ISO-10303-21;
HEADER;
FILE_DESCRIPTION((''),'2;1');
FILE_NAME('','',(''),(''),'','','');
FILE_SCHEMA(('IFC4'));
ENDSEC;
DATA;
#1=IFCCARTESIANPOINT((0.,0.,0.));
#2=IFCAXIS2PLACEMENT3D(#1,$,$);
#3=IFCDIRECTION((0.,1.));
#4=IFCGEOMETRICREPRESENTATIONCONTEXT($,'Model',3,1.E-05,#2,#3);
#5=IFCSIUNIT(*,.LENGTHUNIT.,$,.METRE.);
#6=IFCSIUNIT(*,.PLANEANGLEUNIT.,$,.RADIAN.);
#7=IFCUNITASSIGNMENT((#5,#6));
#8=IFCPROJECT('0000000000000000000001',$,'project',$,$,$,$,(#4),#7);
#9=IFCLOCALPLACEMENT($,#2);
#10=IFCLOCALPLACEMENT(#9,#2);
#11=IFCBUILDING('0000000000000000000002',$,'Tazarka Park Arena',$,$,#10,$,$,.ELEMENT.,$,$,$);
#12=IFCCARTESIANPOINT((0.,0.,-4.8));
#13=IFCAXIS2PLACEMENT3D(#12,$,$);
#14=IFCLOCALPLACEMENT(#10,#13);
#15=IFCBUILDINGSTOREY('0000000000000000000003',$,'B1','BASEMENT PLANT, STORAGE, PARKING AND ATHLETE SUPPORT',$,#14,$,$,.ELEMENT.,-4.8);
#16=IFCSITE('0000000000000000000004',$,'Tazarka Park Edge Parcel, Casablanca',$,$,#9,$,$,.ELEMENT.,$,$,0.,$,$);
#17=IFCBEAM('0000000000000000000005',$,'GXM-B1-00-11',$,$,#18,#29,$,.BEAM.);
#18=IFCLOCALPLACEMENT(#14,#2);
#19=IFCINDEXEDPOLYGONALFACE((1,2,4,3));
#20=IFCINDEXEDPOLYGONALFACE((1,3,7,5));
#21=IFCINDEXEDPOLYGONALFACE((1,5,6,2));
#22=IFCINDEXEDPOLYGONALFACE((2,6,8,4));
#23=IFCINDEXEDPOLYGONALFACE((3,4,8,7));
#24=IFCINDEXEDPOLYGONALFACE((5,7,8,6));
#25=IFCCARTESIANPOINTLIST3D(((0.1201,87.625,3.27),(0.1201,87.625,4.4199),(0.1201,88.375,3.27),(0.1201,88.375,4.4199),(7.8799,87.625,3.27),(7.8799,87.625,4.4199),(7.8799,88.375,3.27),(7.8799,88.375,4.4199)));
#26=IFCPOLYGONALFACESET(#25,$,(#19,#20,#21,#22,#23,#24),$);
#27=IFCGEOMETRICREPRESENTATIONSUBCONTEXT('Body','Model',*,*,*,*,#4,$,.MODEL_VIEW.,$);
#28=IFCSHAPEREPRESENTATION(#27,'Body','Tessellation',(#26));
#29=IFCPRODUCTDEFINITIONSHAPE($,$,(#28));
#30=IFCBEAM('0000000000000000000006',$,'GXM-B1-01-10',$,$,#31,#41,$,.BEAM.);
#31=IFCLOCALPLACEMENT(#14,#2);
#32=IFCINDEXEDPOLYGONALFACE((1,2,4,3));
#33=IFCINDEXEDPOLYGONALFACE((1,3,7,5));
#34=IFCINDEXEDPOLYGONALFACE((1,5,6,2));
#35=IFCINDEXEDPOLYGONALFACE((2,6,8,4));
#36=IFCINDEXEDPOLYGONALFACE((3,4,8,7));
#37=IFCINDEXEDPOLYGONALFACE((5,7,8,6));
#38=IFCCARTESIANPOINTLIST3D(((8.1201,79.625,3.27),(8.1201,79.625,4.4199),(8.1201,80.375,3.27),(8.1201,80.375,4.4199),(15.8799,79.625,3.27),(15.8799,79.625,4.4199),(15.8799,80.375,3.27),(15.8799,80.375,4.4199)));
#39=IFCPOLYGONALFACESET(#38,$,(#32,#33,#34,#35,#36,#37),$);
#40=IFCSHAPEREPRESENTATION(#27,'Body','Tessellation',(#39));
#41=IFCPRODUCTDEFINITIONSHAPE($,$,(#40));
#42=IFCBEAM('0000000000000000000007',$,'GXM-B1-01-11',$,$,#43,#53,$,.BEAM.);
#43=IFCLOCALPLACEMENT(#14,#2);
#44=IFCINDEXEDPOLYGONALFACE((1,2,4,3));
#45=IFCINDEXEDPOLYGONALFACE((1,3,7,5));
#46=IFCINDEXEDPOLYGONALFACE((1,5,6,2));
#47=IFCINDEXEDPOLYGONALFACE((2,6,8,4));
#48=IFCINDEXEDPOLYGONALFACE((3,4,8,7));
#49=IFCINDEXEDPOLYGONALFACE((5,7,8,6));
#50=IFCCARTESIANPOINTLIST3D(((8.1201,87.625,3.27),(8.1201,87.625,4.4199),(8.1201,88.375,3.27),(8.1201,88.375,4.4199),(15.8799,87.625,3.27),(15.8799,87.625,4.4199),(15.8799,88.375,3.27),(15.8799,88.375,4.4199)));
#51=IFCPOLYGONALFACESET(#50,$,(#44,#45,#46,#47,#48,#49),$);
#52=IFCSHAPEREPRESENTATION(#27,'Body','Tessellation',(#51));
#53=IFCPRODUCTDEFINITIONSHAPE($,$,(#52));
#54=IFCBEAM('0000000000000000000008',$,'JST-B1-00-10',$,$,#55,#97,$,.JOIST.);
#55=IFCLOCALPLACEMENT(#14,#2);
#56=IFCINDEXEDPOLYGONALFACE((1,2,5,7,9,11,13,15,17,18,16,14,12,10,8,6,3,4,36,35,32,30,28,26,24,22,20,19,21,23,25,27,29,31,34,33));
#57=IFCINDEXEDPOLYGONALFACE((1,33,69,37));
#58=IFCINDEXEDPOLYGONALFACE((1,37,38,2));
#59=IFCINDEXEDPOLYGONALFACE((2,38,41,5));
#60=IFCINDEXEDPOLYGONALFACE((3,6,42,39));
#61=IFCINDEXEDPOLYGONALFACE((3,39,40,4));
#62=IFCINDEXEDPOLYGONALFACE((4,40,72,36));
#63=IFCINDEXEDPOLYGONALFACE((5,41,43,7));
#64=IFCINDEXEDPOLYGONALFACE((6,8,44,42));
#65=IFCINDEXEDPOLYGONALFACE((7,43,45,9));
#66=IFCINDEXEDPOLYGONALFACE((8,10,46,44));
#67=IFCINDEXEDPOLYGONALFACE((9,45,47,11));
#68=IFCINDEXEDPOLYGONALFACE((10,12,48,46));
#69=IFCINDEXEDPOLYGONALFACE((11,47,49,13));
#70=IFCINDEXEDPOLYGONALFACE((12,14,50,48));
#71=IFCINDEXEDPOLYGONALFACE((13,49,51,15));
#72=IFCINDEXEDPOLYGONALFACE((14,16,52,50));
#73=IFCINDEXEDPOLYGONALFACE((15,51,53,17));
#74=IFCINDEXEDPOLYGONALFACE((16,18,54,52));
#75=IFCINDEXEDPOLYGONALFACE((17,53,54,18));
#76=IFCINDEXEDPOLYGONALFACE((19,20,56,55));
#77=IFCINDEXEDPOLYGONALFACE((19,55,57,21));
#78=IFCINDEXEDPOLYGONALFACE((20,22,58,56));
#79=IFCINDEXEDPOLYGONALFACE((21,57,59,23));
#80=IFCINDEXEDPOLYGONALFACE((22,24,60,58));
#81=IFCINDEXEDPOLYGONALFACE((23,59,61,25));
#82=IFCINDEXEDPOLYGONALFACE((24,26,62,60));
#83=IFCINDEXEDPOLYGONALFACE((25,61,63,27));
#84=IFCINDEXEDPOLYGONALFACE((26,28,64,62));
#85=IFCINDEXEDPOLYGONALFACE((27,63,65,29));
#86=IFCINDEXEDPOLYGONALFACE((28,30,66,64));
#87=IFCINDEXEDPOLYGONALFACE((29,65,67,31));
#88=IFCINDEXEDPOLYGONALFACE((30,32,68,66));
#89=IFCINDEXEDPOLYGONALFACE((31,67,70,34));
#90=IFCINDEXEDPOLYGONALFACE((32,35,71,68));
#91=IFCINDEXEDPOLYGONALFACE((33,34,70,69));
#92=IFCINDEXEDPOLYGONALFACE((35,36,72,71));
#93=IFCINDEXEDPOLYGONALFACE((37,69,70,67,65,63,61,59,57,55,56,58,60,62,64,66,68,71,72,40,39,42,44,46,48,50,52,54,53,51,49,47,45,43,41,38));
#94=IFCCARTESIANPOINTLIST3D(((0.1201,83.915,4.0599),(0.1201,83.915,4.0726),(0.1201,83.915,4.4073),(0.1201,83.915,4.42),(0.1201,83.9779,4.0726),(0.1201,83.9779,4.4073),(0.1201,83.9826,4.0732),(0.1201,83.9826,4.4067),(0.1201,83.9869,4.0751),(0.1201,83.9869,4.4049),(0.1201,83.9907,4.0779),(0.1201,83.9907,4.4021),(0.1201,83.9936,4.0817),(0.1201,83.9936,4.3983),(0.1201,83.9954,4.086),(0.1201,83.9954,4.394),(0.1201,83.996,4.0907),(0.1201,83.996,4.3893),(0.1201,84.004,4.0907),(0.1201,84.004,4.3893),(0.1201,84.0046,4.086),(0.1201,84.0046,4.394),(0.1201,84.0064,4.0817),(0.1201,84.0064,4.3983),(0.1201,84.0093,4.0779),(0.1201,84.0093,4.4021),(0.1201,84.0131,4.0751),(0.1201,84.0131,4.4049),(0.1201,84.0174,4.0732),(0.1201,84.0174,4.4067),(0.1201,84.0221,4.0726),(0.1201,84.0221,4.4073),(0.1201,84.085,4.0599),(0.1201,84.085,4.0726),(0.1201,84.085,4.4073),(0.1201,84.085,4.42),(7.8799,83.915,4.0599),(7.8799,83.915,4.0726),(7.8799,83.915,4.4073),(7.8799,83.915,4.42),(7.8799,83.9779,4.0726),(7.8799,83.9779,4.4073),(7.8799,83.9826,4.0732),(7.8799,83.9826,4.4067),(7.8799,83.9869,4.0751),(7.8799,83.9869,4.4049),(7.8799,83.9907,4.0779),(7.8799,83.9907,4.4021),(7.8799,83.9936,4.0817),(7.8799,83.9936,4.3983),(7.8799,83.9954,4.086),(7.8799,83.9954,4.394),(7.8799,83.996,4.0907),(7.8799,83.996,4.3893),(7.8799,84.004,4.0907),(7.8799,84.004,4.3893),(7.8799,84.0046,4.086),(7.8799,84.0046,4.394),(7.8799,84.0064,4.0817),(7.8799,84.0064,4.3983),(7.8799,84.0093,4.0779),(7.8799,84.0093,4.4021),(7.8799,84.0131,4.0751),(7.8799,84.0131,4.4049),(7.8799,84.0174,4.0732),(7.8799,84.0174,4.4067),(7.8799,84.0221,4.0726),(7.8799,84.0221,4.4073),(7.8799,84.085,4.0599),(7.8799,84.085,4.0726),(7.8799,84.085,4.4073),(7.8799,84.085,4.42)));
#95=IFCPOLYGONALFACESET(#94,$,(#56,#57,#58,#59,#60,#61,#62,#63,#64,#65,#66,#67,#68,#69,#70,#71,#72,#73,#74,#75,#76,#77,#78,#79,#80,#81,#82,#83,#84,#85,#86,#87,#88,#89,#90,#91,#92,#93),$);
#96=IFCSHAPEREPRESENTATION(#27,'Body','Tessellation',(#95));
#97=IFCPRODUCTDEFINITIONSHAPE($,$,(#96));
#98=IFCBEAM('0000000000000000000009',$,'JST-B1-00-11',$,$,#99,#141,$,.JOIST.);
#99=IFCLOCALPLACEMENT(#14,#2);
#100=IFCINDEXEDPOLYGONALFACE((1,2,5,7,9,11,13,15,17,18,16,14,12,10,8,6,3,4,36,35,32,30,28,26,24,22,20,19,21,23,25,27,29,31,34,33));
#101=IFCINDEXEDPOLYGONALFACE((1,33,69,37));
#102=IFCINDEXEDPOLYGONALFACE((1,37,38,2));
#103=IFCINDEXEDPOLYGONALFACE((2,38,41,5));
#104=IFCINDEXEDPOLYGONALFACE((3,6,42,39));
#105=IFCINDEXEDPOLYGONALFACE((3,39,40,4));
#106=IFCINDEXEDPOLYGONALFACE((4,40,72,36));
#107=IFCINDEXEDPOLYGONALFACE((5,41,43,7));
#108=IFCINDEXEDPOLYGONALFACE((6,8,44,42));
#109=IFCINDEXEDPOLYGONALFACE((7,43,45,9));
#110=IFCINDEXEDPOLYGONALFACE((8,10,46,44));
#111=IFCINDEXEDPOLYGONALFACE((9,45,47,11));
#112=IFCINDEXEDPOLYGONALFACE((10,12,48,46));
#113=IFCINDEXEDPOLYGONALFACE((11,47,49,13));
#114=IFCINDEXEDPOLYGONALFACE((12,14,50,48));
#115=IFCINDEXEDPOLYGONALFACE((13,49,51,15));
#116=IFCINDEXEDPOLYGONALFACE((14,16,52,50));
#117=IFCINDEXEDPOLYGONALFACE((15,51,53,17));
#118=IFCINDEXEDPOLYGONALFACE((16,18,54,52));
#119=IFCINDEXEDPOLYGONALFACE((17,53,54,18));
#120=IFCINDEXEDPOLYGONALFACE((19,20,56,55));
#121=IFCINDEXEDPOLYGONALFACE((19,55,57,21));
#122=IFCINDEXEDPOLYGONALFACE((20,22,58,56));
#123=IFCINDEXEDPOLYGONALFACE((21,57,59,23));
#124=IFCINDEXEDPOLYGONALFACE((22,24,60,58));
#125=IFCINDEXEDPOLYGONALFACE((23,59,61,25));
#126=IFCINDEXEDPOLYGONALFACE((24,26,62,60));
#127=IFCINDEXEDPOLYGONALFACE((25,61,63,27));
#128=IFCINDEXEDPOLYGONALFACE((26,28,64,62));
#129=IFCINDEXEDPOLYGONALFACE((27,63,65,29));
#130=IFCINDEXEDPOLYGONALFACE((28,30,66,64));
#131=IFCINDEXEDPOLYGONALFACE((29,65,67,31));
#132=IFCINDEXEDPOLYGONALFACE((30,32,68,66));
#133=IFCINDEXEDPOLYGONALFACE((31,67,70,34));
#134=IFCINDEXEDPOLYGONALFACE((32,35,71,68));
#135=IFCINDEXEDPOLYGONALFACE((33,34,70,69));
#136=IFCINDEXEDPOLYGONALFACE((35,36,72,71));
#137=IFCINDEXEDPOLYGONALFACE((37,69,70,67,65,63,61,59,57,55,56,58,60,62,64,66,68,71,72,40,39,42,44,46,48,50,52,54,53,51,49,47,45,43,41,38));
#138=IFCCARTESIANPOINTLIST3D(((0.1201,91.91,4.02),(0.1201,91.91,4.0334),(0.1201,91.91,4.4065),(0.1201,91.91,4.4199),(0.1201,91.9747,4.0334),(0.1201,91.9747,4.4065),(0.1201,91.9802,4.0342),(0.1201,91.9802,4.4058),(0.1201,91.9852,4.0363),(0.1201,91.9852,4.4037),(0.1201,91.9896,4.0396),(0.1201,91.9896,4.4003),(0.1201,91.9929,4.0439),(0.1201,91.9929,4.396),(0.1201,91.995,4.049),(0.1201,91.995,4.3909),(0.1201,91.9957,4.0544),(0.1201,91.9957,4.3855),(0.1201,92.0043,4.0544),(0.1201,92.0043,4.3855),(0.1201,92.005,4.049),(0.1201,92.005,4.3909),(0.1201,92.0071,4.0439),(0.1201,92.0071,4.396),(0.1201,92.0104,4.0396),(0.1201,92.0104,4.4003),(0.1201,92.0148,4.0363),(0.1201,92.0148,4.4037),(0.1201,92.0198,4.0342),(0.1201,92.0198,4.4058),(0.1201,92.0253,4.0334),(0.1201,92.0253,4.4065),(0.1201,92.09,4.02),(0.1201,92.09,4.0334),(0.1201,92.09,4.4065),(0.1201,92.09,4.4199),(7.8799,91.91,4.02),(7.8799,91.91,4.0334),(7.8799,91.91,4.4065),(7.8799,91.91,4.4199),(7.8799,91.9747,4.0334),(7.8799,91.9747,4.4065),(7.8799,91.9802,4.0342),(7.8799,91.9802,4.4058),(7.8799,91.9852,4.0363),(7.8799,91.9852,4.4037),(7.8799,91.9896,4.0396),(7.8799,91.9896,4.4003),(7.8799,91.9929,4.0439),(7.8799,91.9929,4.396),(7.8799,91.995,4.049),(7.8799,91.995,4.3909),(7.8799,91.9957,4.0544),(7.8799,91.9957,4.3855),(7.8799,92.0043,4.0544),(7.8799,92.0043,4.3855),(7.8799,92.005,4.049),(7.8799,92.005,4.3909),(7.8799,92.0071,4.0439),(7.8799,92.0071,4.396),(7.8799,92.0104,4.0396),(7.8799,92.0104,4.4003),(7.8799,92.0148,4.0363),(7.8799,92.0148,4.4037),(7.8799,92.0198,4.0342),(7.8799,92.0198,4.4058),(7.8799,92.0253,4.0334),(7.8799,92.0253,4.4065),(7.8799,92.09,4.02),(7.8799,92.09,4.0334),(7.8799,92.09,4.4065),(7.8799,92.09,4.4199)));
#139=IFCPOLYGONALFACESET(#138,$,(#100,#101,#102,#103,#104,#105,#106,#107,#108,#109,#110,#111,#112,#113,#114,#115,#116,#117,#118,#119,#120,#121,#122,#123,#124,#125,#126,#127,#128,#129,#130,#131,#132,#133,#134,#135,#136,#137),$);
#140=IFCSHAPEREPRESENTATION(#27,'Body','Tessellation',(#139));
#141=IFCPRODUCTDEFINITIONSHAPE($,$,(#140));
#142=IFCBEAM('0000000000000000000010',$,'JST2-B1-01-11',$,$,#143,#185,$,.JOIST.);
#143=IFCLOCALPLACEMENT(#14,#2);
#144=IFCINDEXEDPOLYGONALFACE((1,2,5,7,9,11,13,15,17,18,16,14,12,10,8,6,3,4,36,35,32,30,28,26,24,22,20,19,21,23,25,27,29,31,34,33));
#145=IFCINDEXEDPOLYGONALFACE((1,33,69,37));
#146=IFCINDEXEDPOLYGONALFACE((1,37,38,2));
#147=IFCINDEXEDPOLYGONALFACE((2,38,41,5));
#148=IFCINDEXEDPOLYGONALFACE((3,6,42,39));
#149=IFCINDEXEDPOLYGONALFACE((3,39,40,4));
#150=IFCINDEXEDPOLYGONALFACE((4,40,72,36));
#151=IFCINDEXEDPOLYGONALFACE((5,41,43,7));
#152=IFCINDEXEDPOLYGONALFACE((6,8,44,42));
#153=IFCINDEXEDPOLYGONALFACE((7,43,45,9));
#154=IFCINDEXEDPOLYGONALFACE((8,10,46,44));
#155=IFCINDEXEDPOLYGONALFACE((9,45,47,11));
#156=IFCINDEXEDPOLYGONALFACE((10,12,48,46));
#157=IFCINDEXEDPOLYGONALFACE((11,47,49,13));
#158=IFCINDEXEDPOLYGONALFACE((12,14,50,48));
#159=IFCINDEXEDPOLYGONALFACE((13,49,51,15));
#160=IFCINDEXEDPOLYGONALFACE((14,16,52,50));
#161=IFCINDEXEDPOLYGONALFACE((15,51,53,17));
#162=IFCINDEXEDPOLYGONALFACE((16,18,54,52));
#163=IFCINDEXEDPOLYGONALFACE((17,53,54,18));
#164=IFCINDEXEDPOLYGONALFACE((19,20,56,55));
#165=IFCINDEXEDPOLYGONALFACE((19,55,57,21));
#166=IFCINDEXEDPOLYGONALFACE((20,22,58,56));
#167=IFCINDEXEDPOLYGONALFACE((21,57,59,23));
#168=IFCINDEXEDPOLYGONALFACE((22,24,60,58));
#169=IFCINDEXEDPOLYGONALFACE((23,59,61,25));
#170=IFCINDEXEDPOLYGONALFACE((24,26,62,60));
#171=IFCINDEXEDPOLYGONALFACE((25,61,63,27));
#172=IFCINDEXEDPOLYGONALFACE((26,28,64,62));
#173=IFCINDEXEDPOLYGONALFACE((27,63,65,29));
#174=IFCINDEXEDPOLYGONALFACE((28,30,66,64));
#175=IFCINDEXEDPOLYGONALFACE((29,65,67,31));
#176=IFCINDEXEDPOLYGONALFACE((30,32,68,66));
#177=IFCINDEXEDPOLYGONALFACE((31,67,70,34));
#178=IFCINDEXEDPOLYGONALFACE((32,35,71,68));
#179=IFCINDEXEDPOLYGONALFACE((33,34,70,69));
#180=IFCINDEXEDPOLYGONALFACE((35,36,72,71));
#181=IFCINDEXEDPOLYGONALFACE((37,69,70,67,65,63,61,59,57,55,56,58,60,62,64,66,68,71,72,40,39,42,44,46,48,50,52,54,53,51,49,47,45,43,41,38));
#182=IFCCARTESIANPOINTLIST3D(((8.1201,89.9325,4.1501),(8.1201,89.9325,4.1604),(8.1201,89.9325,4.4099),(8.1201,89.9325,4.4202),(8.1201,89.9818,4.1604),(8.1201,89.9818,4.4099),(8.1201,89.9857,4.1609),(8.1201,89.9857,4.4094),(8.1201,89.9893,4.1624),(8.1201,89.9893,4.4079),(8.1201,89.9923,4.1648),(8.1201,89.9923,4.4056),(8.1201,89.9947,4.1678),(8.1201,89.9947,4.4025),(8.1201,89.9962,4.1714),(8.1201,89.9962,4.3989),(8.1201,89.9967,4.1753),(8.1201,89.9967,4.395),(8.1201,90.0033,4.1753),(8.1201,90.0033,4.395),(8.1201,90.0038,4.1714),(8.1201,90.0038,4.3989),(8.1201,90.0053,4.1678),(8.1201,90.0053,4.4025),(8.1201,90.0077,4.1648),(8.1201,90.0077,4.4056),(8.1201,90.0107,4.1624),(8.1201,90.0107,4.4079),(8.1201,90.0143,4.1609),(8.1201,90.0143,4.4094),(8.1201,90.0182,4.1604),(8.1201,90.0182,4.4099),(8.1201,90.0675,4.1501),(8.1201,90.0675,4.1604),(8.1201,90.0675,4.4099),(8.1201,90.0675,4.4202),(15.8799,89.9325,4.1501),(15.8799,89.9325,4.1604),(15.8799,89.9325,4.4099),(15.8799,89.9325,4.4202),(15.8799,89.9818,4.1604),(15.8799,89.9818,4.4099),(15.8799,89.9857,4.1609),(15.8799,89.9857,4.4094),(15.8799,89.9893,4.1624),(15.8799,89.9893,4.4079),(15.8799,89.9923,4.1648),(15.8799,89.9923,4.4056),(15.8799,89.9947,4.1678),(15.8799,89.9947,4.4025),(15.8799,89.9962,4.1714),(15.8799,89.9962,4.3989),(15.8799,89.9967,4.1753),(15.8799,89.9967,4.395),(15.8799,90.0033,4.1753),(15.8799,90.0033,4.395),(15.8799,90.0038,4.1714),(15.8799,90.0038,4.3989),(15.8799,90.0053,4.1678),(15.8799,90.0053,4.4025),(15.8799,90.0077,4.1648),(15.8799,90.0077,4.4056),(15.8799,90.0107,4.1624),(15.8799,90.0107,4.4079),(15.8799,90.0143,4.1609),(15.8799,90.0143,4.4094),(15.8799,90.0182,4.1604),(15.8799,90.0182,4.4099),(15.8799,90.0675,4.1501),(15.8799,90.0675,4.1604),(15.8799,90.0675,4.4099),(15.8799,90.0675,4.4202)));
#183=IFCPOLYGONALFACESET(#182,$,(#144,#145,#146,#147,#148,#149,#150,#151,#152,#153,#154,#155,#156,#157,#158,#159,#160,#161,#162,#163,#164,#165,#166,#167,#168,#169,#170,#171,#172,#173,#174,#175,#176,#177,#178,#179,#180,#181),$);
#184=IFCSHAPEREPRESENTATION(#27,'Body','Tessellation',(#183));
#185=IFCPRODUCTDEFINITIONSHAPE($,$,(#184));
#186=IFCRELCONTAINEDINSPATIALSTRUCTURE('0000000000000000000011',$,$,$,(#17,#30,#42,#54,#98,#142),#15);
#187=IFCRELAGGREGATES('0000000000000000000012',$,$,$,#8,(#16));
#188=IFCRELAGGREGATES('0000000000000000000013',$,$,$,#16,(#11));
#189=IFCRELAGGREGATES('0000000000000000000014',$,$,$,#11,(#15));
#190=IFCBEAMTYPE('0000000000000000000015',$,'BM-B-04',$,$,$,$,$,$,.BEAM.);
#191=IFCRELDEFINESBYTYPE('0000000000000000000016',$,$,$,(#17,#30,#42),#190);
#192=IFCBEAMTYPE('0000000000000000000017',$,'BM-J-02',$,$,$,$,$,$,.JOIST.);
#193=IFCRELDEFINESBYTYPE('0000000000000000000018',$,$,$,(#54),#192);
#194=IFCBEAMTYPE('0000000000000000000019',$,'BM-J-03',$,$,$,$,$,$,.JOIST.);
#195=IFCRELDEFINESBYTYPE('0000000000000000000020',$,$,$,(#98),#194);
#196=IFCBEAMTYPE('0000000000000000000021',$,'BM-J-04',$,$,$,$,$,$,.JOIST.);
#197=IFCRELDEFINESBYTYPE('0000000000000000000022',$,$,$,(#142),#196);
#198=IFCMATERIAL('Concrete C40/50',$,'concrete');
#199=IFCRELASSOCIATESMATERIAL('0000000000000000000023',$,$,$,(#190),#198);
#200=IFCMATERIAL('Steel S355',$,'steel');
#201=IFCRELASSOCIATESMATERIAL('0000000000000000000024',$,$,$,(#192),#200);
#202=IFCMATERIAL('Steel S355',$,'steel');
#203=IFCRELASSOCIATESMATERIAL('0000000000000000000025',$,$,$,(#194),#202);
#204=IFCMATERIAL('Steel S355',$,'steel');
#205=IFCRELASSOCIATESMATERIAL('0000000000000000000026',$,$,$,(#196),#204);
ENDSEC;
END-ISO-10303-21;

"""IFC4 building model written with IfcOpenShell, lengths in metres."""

from ifc_helpers import new_model, si_unit, direction, frame, origin, origin_2d, place, context, subcontext, project, spatial, rectangle, i_section, extrude, material, material_profile, profile_set, type_object, element, save


model = new_model("IFC4")

# Units and contexts
model_context = context("Model", 3, precision=1e-05, world=origin(), true_north=direction((0.0, 1.0)))
body_context = subcontext(model_context, "Body", "Model", "MODEL_VIEW")
ifc_project = project(units=[si_unit("LENGTHUNIT", "METRE"), si_unit("PLANEANGLEUNIT", "RADIAN")], contexts=[model_context])

# Site, building, storey
site_placement = place(None, origin())
site = spatial("IfcSite", under=ifc_project, at=site_placement, Name="Tazarka Park Edge Parcel, Casablanca", CompositionType="ELEMENT", RefElevation=0.0)
building_placement = place(site_placement, origin())
building = spatial("IfcBuilding", under=site, at=building_placement, Name="Tazarka Park Arena", CompositionType="ELEMENT")
storey_placement = place(building_placement, frame((0.0, 0.0, -4.8)))
storey = spatial("IfcBuildingStorey", under=building, at=storey_placement, Name="B1", Description="BASEMENT PLANT, STORAGE, PARKING AND ATHLETE SUPPORT", CompositionType="ELEMENT", Elevation=-4.8)

# Beams
ifc_material_1 = material(Name="Concrete C40/50", Category="concrete")
ifc_material_profile_1 = material_profile(ifc_material_1, rectangle(XDim=0.75, YDim=1.1499, at=origin_2d()), Name="Concrete C40/50")
ifc_profile_set_1 = profile_set([ifc_material_profile_1], Name="Concrete C40/50")
beam_type_1 = type_object("IfcBeamType", Name="BM-B-04", PredefinedType="BEAM", material=ifc_profile_set_1)
for number, where, z_axis, x_axis, name in (
    (1, (0.1201, 88.0, 3.845), (1.0, 0.0, 0.0), (0.0, 1.0, 0.0), "GXM-B1-00-11"),
    (2, (8.1201, 80.0, 3.845), (1.0, 0.0, 0.0), (0.0, 1.0, 0.0), "GXM-B1-01-10"),
    (3, (8.1201, 88.0, 3.845), (1.0, 0.0, 0.0), (0.0, 1.0, 0.0), "GXM-B1-01-11"),
):
    element("IfcBeam", number, at=place(storey_placement, frame(where, z_axis=z_axis, x_axis=x_axis)), inside=storey, type_object=beam_type_1, Name=name, PredefinedType="BEAM", context=body_context, shape_type="SweptSolid", body=[
        extrude(rectangle(XDim=0.75, YDim=1.1499, at=origin_2d()), origin(), (0.0, 0.0, 1.0), 7.7598),
    ])
ifc_material_2 = material(Name="Steel S355", Category="steel")
ifc_material_profile_2 = material_profile(ifc_material_2, i_section(OverallWidth=0.1699, OverallDepth=0.3601, WebThickness=0.0081, FlangeThickness=0.0127, FilletRadius=0.0181, at=origin_2d()), Name="Steel S355")
ifc_profile_set_2 = profile_set([ifc_material_profile_2], Name="Steel S355")
beam_type_2 = type_object("IfcBeamType", Name="BM-J-02", PredefinedType="JOIST", material=ifc_profile_set_2)
beam_1_placement = place(storey_placement, frame((0.1201, 84.0, 4.24), z_axis=(1.0, 0.0, 0.0), x_axis=(0.0, 1.0, 0.0)))
element("IfcBeam", 4, at=beam_1_placement, inside=storey, type_object=beam_type_2, Name="JST-B1-00-10", PredefinedType="JOIST", context=body_context, shape_type="SweptSolid", body=[
    extrude(i_section(OverallWidth=0.1699, OverallDepth=0.3601, WebThickness=0.0081, FlangeThickness=0.0127, FilletRadius=0.0181, at=origin_2d()), origin(), (0.0, 0.0, 1.0), 7.7598),
])
ifc_material_3 = material(Name="Steel S355", Category="steel")
ifc_material_profile_3 = material_profile(ifc_material_3, i_section(OverallWidth=0.1799, OverallDepth=0.3999, WebThickness=0.0085, FlangeThickness=0.0134, FilletRadius=0.021, at=origin_2d()), Name="Steel S355")
ifc_profile_set_3 = profile_set([ifc_material_profile_3], Name="Steel S355")
beam_type_3 = type_object("IfcBeamType", Name="BM-J-03", PredefinedType="JOIST", material=ifc_profile_set_3)
beam_2_placement = place(storey_placement, frame((0.1201, 92.0, 4.22), z_axis=(1.0, 0.0, 0.0), x_axis=(0.0, 1.0, 0.0)))
element("IfcBeam", 5, at=beam_2_placement, inside=storey, type_object=beam_type_3, Name="JST-B1-00-11", PredefinedType="JOIST", context=body_context, shape_type="SweptSolid", body=[
    extrude(i_section(OverallWidth=0.1799, OverallDepth=0.3999, WebThickness=0.0085, FlangeThickness=0.0134, FilletRadius=0.021, at=origin_2d()), origin(), (0.0, 0.0, 1.0), 7.7598),
])
ifc_material_4 = material(Name="Steel S355", Category="steel")
ifc_material_profile_4 = material_profile(ifc_material_4, i_section(OverallWidth=0.135, OverallDepth=0.27, WebThickness=0.0066, FlangeThickness=0.0103, FilletRadius=0.0149, at=origin_2d()), Name="Steel S355")
ifc_profile_set_4 = profile_set([ifc_material_profile_4], Name="Steel S355")
beam_type_4 = type_object("IfcBeamType", Name="BM-J-04", PredefinedType="JOIST", material=ifc_profile_set_4)
beam_3_placement = place(storey_placement, frame((8.1201, 90.0, 4.2852), z_axis=(1.0, 0.0, 0.0), x_axis=(0.0, 1.0, 0.0)))
element("IfcBeam", 6, at=beam_3_placement, inside=storey, type_object=beam_type_4, Name="JST2-B1-01-11", PredefinedType="JOIST", context=body_context, shape_type="SweptSolid", body=[
    extrude(i_section(OverallWidth=0.135, OverallDepth=0.27, WebThickness=0.0066, FlangeThickness=0.0103, FilletRadius=0.0149, at=origin_2d()), origin(), (0.0, 0.0, 1.0), 7.7598),
])

save(model, "model.ifc")
